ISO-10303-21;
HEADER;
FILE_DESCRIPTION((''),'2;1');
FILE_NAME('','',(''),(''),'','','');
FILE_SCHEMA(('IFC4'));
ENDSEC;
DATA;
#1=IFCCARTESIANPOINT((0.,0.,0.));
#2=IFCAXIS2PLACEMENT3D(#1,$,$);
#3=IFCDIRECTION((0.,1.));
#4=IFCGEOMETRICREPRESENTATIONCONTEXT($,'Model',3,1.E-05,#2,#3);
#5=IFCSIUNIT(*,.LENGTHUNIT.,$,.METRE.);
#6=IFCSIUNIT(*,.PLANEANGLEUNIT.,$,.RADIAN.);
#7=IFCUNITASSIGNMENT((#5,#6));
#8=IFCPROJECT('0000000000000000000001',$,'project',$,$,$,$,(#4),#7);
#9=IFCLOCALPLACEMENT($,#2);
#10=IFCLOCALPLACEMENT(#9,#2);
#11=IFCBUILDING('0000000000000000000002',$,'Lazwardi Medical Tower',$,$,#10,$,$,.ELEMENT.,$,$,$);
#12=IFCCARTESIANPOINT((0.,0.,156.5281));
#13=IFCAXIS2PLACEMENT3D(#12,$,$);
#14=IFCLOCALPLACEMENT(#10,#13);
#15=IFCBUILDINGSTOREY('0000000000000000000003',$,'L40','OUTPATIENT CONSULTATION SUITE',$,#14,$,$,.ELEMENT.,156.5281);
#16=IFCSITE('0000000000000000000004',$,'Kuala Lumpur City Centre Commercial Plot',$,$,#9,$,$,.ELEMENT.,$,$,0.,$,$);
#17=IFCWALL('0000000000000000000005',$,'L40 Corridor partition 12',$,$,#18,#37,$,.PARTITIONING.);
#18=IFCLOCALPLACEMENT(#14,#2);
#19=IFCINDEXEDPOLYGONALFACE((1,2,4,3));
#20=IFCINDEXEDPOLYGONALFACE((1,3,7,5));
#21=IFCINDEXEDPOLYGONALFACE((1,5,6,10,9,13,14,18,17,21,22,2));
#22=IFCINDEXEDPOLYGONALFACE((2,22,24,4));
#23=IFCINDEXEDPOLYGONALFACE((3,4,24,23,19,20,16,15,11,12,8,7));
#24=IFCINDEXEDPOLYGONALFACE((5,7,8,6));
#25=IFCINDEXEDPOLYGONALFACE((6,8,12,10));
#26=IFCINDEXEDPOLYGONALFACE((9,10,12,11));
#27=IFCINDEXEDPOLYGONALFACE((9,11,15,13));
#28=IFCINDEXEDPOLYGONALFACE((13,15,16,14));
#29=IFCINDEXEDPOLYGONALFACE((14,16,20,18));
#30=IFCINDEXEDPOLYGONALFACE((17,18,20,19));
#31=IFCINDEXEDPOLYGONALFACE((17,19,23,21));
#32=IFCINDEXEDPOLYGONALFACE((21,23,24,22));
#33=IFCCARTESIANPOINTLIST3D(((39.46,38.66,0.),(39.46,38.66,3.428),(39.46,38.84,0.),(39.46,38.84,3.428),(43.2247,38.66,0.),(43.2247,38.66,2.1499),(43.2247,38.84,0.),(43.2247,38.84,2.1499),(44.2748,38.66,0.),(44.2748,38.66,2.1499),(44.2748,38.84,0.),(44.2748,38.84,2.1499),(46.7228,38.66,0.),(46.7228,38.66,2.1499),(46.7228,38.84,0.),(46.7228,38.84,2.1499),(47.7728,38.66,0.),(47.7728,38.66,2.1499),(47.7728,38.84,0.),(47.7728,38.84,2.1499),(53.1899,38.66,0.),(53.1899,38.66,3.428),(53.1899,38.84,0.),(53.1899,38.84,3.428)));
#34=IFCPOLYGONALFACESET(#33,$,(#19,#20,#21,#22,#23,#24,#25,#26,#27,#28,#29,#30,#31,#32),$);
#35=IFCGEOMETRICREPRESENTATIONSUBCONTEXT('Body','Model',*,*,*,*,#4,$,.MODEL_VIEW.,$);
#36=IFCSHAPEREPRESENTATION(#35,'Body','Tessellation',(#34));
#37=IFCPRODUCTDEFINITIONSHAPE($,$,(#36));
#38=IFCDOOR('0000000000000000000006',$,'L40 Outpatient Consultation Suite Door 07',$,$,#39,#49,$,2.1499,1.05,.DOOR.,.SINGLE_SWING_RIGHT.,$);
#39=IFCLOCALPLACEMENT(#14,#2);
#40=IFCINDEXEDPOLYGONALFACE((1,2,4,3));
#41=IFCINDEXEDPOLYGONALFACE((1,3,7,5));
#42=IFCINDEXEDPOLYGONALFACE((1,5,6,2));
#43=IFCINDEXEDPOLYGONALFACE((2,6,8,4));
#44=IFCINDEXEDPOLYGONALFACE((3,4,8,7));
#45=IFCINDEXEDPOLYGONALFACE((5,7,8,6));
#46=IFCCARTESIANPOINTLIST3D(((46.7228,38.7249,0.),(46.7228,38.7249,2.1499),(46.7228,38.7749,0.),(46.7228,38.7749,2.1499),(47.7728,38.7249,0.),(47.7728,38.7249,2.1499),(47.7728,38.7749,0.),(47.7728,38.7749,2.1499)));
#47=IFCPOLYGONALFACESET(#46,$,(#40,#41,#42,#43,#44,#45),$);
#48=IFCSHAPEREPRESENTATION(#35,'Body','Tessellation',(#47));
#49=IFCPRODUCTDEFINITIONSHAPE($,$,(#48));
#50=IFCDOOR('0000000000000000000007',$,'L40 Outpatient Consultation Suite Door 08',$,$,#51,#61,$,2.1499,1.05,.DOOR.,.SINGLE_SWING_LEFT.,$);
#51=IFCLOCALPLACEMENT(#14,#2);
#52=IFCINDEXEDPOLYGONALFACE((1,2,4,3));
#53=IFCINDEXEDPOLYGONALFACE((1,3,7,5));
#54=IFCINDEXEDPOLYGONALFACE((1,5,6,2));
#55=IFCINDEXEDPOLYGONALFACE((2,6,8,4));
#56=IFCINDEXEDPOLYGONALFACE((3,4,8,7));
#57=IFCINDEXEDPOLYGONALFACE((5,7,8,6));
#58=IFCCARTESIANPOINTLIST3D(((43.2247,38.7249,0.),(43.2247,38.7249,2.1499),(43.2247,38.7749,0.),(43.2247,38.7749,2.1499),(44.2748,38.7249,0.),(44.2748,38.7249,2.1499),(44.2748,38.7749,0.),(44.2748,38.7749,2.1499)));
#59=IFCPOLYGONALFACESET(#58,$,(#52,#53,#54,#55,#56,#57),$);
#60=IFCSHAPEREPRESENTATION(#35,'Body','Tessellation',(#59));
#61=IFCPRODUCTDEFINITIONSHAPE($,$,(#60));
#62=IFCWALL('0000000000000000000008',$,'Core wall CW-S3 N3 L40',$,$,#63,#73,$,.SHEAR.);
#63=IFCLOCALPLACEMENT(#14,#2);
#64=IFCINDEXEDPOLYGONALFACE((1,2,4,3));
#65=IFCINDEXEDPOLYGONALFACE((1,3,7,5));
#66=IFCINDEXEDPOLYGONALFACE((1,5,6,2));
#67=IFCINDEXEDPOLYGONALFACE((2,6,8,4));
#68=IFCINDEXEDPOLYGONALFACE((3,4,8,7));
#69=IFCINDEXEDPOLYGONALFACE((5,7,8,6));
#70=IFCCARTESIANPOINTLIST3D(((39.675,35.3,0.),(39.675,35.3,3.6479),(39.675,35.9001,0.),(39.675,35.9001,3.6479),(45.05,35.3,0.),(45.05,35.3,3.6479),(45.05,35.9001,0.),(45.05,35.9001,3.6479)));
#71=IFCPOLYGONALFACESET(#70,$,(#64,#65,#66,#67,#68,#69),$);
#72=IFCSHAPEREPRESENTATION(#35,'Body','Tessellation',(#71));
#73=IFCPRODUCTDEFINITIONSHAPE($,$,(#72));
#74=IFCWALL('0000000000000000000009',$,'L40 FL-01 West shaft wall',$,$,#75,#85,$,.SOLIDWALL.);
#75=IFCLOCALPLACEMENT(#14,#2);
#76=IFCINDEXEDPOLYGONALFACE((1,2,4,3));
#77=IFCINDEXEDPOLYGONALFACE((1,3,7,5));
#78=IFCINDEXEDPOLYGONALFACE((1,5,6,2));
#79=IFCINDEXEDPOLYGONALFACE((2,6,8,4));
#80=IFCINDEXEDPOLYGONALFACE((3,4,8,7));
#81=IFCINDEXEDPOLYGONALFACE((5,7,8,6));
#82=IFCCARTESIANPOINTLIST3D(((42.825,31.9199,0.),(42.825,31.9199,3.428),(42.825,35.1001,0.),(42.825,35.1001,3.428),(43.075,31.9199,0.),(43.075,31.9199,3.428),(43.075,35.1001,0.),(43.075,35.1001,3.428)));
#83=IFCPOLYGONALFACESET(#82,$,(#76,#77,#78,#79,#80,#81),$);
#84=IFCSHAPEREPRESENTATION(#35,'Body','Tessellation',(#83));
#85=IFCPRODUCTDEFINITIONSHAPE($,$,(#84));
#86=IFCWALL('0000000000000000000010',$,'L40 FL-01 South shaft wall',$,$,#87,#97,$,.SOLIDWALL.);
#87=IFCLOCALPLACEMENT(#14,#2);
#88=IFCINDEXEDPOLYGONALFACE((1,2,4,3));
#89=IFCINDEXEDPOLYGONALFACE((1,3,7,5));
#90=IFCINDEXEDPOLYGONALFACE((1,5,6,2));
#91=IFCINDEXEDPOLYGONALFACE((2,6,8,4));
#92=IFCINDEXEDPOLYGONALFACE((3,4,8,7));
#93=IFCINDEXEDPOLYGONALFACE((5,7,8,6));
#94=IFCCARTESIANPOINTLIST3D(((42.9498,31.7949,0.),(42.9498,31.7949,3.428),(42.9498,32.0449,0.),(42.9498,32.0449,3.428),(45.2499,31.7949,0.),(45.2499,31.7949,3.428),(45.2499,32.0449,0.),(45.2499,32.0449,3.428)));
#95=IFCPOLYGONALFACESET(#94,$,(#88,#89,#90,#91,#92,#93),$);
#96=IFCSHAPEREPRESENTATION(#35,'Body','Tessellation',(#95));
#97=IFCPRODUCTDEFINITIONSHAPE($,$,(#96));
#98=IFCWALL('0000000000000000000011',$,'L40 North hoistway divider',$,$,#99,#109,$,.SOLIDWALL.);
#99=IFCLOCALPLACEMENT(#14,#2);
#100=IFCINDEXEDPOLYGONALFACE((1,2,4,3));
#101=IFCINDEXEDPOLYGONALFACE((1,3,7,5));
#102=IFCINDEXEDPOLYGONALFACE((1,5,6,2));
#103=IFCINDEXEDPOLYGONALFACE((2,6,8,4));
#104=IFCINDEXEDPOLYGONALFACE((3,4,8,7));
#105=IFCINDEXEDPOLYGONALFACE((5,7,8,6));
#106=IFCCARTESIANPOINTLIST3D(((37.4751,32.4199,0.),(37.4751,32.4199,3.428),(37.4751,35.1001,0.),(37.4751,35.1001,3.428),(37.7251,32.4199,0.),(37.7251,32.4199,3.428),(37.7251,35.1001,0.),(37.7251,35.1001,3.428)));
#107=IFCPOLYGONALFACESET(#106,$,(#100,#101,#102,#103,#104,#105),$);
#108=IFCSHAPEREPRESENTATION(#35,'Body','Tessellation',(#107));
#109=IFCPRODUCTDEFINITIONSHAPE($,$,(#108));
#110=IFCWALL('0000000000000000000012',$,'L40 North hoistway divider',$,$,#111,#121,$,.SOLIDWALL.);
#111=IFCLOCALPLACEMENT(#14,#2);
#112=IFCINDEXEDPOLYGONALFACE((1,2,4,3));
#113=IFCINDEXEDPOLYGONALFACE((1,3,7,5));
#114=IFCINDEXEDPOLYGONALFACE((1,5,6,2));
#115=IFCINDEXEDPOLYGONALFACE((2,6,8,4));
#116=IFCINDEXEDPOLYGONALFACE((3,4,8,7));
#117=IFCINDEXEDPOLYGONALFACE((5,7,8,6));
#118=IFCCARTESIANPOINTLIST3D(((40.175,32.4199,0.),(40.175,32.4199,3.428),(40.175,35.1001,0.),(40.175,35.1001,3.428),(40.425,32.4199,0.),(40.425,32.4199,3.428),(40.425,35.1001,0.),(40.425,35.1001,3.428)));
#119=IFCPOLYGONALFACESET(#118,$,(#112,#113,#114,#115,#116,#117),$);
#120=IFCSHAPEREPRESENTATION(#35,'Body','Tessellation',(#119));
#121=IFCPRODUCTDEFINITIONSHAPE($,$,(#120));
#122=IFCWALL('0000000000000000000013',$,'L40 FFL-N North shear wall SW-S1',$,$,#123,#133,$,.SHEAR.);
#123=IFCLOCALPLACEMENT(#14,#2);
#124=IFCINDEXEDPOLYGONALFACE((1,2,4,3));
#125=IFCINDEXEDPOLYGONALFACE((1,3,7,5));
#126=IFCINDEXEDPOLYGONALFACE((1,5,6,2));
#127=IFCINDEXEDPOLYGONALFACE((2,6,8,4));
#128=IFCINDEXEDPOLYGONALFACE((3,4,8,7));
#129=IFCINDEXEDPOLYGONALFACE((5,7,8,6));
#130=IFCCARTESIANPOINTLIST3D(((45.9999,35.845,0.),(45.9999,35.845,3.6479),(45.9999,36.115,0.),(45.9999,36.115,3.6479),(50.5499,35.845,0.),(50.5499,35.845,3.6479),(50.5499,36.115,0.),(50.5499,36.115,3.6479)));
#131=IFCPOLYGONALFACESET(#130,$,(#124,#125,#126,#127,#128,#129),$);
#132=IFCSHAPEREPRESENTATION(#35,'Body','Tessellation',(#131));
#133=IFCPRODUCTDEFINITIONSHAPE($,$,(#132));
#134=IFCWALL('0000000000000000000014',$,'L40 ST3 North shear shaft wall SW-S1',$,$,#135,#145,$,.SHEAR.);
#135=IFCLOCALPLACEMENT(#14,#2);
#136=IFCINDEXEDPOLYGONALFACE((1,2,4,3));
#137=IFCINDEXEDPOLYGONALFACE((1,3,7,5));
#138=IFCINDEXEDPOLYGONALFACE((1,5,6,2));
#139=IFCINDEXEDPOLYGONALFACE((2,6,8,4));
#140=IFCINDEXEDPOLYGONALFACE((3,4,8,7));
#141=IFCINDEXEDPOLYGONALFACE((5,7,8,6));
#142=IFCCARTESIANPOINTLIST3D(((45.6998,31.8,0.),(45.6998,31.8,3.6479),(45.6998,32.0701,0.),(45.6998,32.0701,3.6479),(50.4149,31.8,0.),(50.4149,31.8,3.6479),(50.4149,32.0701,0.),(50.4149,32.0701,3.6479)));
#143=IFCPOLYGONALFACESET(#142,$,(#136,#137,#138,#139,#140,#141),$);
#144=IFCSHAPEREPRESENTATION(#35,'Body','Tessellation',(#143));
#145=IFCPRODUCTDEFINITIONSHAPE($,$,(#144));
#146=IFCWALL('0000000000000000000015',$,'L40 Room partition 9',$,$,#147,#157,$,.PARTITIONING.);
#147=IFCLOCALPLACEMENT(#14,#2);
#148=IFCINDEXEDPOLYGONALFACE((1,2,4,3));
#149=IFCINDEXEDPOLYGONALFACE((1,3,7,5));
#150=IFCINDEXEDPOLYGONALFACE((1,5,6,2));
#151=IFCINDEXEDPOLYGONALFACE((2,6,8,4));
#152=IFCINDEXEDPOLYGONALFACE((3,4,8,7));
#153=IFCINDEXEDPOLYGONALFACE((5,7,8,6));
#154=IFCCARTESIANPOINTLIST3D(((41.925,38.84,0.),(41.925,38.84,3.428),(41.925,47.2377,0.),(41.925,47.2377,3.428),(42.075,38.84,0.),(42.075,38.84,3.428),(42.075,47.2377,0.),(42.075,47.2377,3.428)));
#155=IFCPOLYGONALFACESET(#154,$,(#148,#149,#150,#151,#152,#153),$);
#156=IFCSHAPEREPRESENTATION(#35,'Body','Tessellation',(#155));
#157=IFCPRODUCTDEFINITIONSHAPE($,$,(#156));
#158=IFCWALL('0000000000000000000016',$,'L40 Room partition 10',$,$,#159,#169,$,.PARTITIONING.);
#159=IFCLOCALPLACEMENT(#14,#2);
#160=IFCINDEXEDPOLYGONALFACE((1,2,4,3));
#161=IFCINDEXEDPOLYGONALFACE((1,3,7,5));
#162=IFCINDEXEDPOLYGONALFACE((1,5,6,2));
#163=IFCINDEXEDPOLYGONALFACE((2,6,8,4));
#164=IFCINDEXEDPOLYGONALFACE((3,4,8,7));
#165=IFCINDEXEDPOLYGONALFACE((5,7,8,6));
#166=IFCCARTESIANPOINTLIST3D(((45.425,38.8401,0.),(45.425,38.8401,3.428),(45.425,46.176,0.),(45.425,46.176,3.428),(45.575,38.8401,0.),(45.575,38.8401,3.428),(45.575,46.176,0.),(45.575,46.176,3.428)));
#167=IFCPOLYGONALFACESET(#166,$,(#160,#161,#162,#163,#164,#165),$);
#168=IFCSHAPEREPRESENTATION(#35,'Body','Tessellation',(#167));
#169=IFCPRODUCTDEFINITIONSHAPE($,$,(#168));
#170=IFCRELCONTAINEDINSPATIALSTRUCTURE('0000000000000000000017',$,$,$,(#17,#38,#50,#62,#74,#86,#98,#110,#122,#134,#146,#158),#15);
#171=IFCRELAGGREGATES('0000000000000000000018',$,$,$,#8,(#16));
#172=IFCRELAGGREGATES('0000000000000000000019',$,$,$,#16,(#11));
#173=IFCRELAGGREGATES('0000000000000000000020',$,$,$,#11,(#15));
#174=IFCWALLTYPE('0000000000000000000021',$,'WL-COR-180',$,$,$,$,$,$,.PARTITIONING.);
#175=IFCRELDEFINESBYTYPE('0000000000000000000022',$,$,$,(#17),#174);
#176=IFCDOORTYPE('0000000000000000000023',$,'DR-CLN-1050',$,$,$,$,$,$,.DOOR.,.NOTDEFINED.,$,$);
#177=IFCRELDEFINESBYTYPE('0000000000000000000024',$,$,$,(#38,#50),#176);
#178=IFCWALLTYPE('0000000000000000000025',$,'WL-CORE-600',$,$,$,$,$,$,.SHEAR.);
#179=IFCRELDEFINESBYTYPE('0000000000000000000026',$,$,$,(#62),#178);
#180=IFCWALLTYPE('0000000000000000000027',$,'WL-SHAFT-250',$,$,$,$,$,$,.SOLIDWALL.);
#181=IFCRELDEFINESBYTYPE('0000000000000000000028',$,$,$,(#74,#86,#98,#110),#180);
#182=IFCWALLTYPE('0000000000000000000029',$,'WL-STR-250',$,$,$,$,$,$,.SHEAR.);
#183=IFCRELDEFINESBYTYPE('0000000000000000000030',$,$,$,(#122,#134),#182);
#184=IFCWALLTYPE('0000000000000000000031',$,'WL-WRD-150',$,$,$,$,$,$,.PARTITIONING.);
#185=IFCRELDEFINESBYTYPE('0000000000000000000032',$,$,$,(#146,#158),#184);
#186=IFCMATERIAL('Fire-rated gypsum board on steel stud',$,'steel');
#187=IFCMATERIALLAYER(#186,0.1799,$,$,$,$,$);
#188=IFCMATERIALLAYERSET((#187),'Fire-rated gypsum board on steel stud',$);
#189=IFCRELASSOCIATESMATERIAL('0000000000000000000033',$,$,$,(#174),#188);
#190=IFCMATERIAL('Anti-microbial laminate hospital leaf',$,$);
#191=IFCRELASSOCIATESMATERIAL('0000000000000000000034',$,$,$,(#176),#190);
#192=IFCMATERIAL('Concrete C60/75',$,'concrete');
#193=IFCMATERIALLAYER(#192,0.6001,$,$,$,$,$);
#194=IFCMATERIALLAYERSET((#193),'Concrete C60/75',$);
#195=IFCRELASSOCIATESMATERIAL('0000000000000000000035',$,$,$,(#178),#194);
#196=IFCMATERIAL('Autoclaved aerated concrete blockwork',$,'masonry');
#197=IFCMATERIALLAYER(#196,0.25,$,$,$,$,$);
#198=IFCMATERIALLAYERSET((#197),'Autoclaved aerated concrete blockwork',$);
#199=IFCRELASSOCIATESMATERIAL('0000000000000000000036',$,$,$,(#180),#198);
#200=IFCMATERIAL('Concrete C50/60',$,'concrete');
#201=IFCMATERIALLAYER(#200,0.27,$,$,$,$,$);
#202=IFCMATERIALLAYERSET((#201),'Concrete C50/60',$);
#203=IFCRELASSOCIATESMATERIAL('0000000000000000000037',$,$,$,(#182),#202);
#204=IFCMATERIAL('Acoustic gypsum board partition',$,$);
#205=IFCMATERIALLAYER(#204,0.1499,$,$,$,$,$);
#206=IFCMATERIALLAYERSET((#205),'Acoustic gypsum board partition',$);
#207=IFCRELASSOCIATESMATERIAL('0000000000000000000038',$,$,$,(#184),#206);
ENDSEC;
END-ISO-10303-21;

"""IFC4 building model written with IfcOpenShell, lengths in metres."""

from ifc_helpers import new_model, si_unit, direction, frame, frame_2d, origin, place, context, subcontext, project, spatial, rectangle, extrude, material, layer, layer_set, type_object, element, fill, save


model = new_model("IFC4")

# Units and contexts
model_context = context("Model", 3, precision=1e-05, world=origin(), true_north=direction((0.0, 1.0)))
body_context = subcontext(model_context, "Body", "Model", "MODEL_VIEW")
ifc_project = project(units=[si_unit("LENGTHUNIT", "METRE"), si_unit("PLANEANGLEUNIT", "RADIAN")], contexts=[model_context])

# Site, building, storey
site_placement = place(None, origin())
site = spatial("IfcSite", under=ifc_project, at=site_placement, Name="Kuala Lumpur City Centre Commercial Plot", CompositionType="ELEMENT", RefElevation=0.0)
building_placement = place(site_placement, origin())
building = spatial("IfcBuilding", under=site, at=building_placement, Name="Lazwardi Medical Tower", CompositionType="ELEMENT")
storey_placement = place(building_placement, frame((0.0, 0.0, 156.5281)))
storey = spatial("IfcBuildingStorey", under=building, at=storey_placement, Name="L40", Description="OUTPATIENT CONSULTATION SUITE", CompositionType="ELEMENT", Elevation=156.5281)

# Shared definitions
ifc_material_1 = material(Name="Concrete C60/75", Category="concrete")

# Shared definitions
ifc_material_2 = material(Name="Fire-rated gypsum board on steel stud", Category="steel")
ifc_layer_1 = layer(ifc_material_2, 0.1799)
ifc_layer_set_1 = layer_set([ifc_layer_1], Name="Fire-rated gypsum board on steel stud")
wall_type_1 = type_object("IfcWallType", Name="WL-COR-180", PredefinedType="PARTITIONING", material=ifc_layer_set_1)

# Wall, openings, doors
wall_1_placement = place(storey_placement, frame((39.46, 38.75, 0.0), z_axis=(0.0, 0.0, 1.0), x_axis=(1.0, 0.0, 0.0)))
wall_1 = element("IfcWall", 1, at=wall_1_placement, inside=storey, type_object=wall_type_1, Name="L40 Corridor partition 12", PredefinedType="PARTITIONING", context=body_context, shape_type="SweptSolid", body=[
    extrude(rectangle(XDim=13.73, YDim=0.1799, at=frame_2d((6.865, 0.0))), origin(), (0.0, 0.0, 1.0), 3.428),
])
opening_1_placement = place(wall_1_placement, frame((7.2629, 0.0, 0.0)))
opening_1 = element("IfcOpeningElement", 2, at=opening_1_placement, cuts=wall_1, PredefinedType="OPENING", context=body_context, shape_type="SweptSolid", body=[
    extrude(rectangle(XDim=1.05, YDim=2.1499, at=frame_2d((0.5249, 1.075))), frame((0.0, 0.0999, 0.0), z_axis=(0.0, -1.0, 0.0), x_axis=(1.0, 0.0, 0.0)), (0.0, 0.0, 1.0), 0.2),
])
opening_2_placement = place(wall_1_placement, frame((3.7649, 0.0, 0.0)))
opening_2 = element("IfcOpeningElement", 3, at=opening_2_placement, cuts=wall_1, PredefinedType="OPENING", context=body_context, shape_type="SweptSolid", body=[
    extrude(rectangle(XDim=1.05, YDim=2.1499, at=frame_2d((0.5249, 1.075))), frame((0.0, 0.0999, 0.0), z_axis=(0.0, -1.0, 0.0), x_axis=(1.0, 0.0, 0.0)), (0.0, 0.0, 1.0), 0.2),
])
ifc_material_3 = material(Name="Anti-microbial laminate hospital leaf")
door_type_1 = type_object("IfcDoorType", Name="DR-CLN-1050", OperationType="NOTDEFINED", PredefinedType="DOOR", material=ifc_material_3)
door_1_placement = place(opening_1_placement, origin())
door_1 = element("IfcDoor", 4, at=door_1_placement, inside=storey, type_object=door_type_1, Name="L40 Outpatient Consultation Suite Door 07", OperationType="SINGLE_SWING_RIGHT", OverallHeight=2.1499, OverallWidth=1.05, PredefinedType="DOOR", context=body_context, shape_type="SweptSolid", body=[
    extrude(rectangle(XDim=1.05, YDim=2.1499, at=frame_2d((0.5249, 1.075))), frame((0.0, 0.0249, 0.0), z_axis=(0.0, -1.0, 0.0), x_axis=(1.0, 0.0, 0.0)), (0.0, 0.0, 1.0), 0.05),
])
fill(opening_1, door_1)
door_2_placement = place(opening_2_placement, origin())
door_2 = element("IfcDoor", 5, at=door_2_placement, inside=storey, type_object=door_type_1, Name="L40 Outpatient Consultation Suite Door 08", OperationType="SINGLE_SWING_LEFT", OverallHeight=2.1499, OverallWidth=1.05, PredefinedType="DOOR", context=body_context, shape_type="SweptSolid", body=[
    extrude(rectangle(XDim=1.05, YDim=2.1499, at=frame_2d((0.5249, 1.075))), frame((0.0, 0.0249, 0.0), z_axis=(0.0, -1.0, 0.0), x_axis=(1.0, 0.0, 0.0)), (0.0, 0.0, 1.0), 0.05),
])
fill(opening_2, door_2)

# Walls
ifc_layer_2 = layer(ifc_material_1, 0.6001)
ifc_layer_set_2 = layer_set([ifc_layer_2], Name="Concrete C60/75")
wall_type_2 = type_object("IfcWallType", Name="WL-CORE-600", PredefinedType="SHEAR", material=ifc_layer_set_2)
wall_2_placement = place(storey_placement, frame((39.675, 35.6001, 0.0), z_axis=(0.0, 0.0, 1.0), x_axis=(1.0, 0.0, 0.0)))
element("IfcWall", 6, at=wall_2_placement, inside=storey, type_object=wall_type_2, Name="Core wall CW-S3 N3 L40", PredefinedType="SHEAR", context=body_context, shape_type="SweptSolid", body=[
    extrude(rectangle(XDim=5.375, YDim=0.6001, at=frame_2d((2.6875, 0.0))), origin(), (0.0, 0.0, 1.0), 3.6479),
])
ifc_material_4 = material(Name="Autoclaved aerated concrete blockwork", Category="masonry")
ifc_layer_3 = layer(ifc_material_4, 0.25)
ifc_layer_set_3 = layer_set([ifc_layer_3], Name="Autoclaved aerated concrete blockwork")
wall_type_3 = type_object("IfcWallType", Name="WL-SHAFT-250", PredefinedType="SOLIDWALL", material=ifc_layer_set_3)
wall_3_placement = place(storey_placement, frame((42.95, 31.9199, 0.0), z_axis=(0.0, 0.0, 1.0), x_axis=(0.0, 1.0, 0.0)))
element("IfcWall", 7, at=wall_3_placement, inside=storey, type_object=wall_type_3, Name="L40 FL-01 West shaft wall", PredefinedType="SOLIDWALL", context=body_context, shape_type="SweptSolid", body=[
    extrude(rectangle(XDim=3.1802, YDim=0.25, at=frame_2d((1.5901, 0.0))), origin(), (0.0, 0.0, 1.0), 3.428),
])
wall_4_placement = place(storey_placement, frame((42.95, 31.9199, 0.0), z_axis=(0.0, 0.0, 1.0), x_axis=(1.0, 0.0, 0.0)))
element("IfcWall", 8, at=wall_4_placement, inside=storey, type_object=wall_type_3, Name="L40 FL-01 South shaft wall", PredefinedType="SOLIDWALL", context=body_context, shape_type="SweptSolid", body=[
    extrude(rectangle(XDim=2.3, YDim=0.25, at=frame_2d((1.1499, 0.0))), origin(), (0.0, 0.0, 1.0), 3.428),
])
for number, where, z_axis, x_axis, name in (
    (9, (37.6001, 32.4199, 0.0), (0.0, 0.0, 1.0), (0.0, 1.0, 0.0), "L40 North hoistway divider"),
    (10, (40.3, 32.4199, 0.0), (0.0, 0.0, 1.0), (0.0, 1.0, 0.0), "L40 North hoistway divider"),
):
    element("IfcWall", number, at=place(storey_placement, frame(where, z_axis=z_axis, x_axis=x_axis)), inside=storey, type_object=wall_type_3, Name=name, PredefinedType="SOLIDWALL", context=body_context, shape_type="SweptSolid", body=[
        extrude(rectangle(XDim=2.6802, YDim=0.25, at=frame_2d((1.3401, 0.0))), origin(), (0.0, 0.0, 1.0), 3.428),
    ])

# Shared definitions
ifc_material_5 = material(Name="Concrete C50/60", Category="concrete")
ifc_layer_4 = layer(ifc_material_5, 0.27)
ifc_layer_set_4 = layer_set([ifc_layer_4], Name="Concrete C50/60")
wall_type_4 = type_object("IfcWallType", Name="WL-STR-250", PredefinedType="SHEAR", material=ifc_layer_set_4)

# Walls
wall_5_placement = place(storey_placement, frame((46.0, 35.98, 0.0), z_axis=(0.0, 0.0, 1.0), x_axis=(1.0, 0.0, 0.0)))
element("IfcWall", 11, at=wall_5_placement, inside=storey, type_object=wall_type_4, Name="L40 FFL-N North shear wall SW-S1", PredefinedType="SHEAR", context=body_context, shape_type="SweptSolid", body=[
    extrude(rectangle(XDim=4.55, YDim=0.27, at=frame_2d((2.2749, 0.0))), origin(), (0.0, 0.0, 1.0), 3.6479),
])
wall_6_placement = place(storey_placement, frame((45.7, 31.9351, 0.0), z_axis=(0.0, 0.0, 1.0), x_axis=(1.0, 0.0, 0.0)))
element("IfcWall", 12, at=wall_6_placement, inside=storey, type_object=wall_type_4, Name="L40 ST3 North shear shaft wall SW-S1", PredefinedType="SHEAR", context=body_context, shape_type="SweptSolid", body=[
    extrude(rectangle(XDim=4.7151, YDim=0.27, at=frame_2d((2.3574, 0.0))), origin(), (0.0, 0.0, 1.0), 3.6479),
])
ifc_material_6 = material(Name="Acoustic gypsum board partition")
ifc_layer_5 = layer(ifc_material_6, 0.1499)
ifc_layer_set_5 = layer_set([ifc_layer_5], Name="Acoustic gypsum board partition")
wall_type_5 = type_object("IfcWallType", Name="WL-WRD-150", PredefinedType="PARTITIONING", material=ifc_layer_set_5)
wall_7_placement = place(storey_placement, frame((42.0, 38.8401, 0.0), z_axis=(0.0, 0.0, 1.0), x_axis=(0.0, 1.0, 0.0)))
element("IfcWall", 13, at=wall_7_placement, inside=storey, type_object=wall_type_5, Name="L40 Room partition 9", PredefinedType="PARTITIONING", context=body_context, shape_type="SweptSolid", body=[
    extrude(rectangle(XDim=8.3977, YDim=0.1499, at=frame_2d((4.1987, 0.0))), origin(), (0.0, 0.0, 1.0), 3.428),
])
wall_8_placement = place(storey_placement, frame((45.5, 38.8401, 0.0), z_axis=(0.0, 0.0, 1.0), x_axis=(0.0, 1.0, 0.0)))
element("IfcWall", 14, at=wall_8_placement, inside=storey, type_object=wall_type_5, Name="L40 Room partition 10", PredefinedType="PARTITIONING", context=body_context, shape_type="SweptSolid", body=[
    extrude(rectangle(XDim=7.3359, YDim=0.1499, at=frame_2d((3.668, 0.0))), origin(), (0.0, 0.0, 1.0), 3.428),
])

save(model, "model.ifc")
